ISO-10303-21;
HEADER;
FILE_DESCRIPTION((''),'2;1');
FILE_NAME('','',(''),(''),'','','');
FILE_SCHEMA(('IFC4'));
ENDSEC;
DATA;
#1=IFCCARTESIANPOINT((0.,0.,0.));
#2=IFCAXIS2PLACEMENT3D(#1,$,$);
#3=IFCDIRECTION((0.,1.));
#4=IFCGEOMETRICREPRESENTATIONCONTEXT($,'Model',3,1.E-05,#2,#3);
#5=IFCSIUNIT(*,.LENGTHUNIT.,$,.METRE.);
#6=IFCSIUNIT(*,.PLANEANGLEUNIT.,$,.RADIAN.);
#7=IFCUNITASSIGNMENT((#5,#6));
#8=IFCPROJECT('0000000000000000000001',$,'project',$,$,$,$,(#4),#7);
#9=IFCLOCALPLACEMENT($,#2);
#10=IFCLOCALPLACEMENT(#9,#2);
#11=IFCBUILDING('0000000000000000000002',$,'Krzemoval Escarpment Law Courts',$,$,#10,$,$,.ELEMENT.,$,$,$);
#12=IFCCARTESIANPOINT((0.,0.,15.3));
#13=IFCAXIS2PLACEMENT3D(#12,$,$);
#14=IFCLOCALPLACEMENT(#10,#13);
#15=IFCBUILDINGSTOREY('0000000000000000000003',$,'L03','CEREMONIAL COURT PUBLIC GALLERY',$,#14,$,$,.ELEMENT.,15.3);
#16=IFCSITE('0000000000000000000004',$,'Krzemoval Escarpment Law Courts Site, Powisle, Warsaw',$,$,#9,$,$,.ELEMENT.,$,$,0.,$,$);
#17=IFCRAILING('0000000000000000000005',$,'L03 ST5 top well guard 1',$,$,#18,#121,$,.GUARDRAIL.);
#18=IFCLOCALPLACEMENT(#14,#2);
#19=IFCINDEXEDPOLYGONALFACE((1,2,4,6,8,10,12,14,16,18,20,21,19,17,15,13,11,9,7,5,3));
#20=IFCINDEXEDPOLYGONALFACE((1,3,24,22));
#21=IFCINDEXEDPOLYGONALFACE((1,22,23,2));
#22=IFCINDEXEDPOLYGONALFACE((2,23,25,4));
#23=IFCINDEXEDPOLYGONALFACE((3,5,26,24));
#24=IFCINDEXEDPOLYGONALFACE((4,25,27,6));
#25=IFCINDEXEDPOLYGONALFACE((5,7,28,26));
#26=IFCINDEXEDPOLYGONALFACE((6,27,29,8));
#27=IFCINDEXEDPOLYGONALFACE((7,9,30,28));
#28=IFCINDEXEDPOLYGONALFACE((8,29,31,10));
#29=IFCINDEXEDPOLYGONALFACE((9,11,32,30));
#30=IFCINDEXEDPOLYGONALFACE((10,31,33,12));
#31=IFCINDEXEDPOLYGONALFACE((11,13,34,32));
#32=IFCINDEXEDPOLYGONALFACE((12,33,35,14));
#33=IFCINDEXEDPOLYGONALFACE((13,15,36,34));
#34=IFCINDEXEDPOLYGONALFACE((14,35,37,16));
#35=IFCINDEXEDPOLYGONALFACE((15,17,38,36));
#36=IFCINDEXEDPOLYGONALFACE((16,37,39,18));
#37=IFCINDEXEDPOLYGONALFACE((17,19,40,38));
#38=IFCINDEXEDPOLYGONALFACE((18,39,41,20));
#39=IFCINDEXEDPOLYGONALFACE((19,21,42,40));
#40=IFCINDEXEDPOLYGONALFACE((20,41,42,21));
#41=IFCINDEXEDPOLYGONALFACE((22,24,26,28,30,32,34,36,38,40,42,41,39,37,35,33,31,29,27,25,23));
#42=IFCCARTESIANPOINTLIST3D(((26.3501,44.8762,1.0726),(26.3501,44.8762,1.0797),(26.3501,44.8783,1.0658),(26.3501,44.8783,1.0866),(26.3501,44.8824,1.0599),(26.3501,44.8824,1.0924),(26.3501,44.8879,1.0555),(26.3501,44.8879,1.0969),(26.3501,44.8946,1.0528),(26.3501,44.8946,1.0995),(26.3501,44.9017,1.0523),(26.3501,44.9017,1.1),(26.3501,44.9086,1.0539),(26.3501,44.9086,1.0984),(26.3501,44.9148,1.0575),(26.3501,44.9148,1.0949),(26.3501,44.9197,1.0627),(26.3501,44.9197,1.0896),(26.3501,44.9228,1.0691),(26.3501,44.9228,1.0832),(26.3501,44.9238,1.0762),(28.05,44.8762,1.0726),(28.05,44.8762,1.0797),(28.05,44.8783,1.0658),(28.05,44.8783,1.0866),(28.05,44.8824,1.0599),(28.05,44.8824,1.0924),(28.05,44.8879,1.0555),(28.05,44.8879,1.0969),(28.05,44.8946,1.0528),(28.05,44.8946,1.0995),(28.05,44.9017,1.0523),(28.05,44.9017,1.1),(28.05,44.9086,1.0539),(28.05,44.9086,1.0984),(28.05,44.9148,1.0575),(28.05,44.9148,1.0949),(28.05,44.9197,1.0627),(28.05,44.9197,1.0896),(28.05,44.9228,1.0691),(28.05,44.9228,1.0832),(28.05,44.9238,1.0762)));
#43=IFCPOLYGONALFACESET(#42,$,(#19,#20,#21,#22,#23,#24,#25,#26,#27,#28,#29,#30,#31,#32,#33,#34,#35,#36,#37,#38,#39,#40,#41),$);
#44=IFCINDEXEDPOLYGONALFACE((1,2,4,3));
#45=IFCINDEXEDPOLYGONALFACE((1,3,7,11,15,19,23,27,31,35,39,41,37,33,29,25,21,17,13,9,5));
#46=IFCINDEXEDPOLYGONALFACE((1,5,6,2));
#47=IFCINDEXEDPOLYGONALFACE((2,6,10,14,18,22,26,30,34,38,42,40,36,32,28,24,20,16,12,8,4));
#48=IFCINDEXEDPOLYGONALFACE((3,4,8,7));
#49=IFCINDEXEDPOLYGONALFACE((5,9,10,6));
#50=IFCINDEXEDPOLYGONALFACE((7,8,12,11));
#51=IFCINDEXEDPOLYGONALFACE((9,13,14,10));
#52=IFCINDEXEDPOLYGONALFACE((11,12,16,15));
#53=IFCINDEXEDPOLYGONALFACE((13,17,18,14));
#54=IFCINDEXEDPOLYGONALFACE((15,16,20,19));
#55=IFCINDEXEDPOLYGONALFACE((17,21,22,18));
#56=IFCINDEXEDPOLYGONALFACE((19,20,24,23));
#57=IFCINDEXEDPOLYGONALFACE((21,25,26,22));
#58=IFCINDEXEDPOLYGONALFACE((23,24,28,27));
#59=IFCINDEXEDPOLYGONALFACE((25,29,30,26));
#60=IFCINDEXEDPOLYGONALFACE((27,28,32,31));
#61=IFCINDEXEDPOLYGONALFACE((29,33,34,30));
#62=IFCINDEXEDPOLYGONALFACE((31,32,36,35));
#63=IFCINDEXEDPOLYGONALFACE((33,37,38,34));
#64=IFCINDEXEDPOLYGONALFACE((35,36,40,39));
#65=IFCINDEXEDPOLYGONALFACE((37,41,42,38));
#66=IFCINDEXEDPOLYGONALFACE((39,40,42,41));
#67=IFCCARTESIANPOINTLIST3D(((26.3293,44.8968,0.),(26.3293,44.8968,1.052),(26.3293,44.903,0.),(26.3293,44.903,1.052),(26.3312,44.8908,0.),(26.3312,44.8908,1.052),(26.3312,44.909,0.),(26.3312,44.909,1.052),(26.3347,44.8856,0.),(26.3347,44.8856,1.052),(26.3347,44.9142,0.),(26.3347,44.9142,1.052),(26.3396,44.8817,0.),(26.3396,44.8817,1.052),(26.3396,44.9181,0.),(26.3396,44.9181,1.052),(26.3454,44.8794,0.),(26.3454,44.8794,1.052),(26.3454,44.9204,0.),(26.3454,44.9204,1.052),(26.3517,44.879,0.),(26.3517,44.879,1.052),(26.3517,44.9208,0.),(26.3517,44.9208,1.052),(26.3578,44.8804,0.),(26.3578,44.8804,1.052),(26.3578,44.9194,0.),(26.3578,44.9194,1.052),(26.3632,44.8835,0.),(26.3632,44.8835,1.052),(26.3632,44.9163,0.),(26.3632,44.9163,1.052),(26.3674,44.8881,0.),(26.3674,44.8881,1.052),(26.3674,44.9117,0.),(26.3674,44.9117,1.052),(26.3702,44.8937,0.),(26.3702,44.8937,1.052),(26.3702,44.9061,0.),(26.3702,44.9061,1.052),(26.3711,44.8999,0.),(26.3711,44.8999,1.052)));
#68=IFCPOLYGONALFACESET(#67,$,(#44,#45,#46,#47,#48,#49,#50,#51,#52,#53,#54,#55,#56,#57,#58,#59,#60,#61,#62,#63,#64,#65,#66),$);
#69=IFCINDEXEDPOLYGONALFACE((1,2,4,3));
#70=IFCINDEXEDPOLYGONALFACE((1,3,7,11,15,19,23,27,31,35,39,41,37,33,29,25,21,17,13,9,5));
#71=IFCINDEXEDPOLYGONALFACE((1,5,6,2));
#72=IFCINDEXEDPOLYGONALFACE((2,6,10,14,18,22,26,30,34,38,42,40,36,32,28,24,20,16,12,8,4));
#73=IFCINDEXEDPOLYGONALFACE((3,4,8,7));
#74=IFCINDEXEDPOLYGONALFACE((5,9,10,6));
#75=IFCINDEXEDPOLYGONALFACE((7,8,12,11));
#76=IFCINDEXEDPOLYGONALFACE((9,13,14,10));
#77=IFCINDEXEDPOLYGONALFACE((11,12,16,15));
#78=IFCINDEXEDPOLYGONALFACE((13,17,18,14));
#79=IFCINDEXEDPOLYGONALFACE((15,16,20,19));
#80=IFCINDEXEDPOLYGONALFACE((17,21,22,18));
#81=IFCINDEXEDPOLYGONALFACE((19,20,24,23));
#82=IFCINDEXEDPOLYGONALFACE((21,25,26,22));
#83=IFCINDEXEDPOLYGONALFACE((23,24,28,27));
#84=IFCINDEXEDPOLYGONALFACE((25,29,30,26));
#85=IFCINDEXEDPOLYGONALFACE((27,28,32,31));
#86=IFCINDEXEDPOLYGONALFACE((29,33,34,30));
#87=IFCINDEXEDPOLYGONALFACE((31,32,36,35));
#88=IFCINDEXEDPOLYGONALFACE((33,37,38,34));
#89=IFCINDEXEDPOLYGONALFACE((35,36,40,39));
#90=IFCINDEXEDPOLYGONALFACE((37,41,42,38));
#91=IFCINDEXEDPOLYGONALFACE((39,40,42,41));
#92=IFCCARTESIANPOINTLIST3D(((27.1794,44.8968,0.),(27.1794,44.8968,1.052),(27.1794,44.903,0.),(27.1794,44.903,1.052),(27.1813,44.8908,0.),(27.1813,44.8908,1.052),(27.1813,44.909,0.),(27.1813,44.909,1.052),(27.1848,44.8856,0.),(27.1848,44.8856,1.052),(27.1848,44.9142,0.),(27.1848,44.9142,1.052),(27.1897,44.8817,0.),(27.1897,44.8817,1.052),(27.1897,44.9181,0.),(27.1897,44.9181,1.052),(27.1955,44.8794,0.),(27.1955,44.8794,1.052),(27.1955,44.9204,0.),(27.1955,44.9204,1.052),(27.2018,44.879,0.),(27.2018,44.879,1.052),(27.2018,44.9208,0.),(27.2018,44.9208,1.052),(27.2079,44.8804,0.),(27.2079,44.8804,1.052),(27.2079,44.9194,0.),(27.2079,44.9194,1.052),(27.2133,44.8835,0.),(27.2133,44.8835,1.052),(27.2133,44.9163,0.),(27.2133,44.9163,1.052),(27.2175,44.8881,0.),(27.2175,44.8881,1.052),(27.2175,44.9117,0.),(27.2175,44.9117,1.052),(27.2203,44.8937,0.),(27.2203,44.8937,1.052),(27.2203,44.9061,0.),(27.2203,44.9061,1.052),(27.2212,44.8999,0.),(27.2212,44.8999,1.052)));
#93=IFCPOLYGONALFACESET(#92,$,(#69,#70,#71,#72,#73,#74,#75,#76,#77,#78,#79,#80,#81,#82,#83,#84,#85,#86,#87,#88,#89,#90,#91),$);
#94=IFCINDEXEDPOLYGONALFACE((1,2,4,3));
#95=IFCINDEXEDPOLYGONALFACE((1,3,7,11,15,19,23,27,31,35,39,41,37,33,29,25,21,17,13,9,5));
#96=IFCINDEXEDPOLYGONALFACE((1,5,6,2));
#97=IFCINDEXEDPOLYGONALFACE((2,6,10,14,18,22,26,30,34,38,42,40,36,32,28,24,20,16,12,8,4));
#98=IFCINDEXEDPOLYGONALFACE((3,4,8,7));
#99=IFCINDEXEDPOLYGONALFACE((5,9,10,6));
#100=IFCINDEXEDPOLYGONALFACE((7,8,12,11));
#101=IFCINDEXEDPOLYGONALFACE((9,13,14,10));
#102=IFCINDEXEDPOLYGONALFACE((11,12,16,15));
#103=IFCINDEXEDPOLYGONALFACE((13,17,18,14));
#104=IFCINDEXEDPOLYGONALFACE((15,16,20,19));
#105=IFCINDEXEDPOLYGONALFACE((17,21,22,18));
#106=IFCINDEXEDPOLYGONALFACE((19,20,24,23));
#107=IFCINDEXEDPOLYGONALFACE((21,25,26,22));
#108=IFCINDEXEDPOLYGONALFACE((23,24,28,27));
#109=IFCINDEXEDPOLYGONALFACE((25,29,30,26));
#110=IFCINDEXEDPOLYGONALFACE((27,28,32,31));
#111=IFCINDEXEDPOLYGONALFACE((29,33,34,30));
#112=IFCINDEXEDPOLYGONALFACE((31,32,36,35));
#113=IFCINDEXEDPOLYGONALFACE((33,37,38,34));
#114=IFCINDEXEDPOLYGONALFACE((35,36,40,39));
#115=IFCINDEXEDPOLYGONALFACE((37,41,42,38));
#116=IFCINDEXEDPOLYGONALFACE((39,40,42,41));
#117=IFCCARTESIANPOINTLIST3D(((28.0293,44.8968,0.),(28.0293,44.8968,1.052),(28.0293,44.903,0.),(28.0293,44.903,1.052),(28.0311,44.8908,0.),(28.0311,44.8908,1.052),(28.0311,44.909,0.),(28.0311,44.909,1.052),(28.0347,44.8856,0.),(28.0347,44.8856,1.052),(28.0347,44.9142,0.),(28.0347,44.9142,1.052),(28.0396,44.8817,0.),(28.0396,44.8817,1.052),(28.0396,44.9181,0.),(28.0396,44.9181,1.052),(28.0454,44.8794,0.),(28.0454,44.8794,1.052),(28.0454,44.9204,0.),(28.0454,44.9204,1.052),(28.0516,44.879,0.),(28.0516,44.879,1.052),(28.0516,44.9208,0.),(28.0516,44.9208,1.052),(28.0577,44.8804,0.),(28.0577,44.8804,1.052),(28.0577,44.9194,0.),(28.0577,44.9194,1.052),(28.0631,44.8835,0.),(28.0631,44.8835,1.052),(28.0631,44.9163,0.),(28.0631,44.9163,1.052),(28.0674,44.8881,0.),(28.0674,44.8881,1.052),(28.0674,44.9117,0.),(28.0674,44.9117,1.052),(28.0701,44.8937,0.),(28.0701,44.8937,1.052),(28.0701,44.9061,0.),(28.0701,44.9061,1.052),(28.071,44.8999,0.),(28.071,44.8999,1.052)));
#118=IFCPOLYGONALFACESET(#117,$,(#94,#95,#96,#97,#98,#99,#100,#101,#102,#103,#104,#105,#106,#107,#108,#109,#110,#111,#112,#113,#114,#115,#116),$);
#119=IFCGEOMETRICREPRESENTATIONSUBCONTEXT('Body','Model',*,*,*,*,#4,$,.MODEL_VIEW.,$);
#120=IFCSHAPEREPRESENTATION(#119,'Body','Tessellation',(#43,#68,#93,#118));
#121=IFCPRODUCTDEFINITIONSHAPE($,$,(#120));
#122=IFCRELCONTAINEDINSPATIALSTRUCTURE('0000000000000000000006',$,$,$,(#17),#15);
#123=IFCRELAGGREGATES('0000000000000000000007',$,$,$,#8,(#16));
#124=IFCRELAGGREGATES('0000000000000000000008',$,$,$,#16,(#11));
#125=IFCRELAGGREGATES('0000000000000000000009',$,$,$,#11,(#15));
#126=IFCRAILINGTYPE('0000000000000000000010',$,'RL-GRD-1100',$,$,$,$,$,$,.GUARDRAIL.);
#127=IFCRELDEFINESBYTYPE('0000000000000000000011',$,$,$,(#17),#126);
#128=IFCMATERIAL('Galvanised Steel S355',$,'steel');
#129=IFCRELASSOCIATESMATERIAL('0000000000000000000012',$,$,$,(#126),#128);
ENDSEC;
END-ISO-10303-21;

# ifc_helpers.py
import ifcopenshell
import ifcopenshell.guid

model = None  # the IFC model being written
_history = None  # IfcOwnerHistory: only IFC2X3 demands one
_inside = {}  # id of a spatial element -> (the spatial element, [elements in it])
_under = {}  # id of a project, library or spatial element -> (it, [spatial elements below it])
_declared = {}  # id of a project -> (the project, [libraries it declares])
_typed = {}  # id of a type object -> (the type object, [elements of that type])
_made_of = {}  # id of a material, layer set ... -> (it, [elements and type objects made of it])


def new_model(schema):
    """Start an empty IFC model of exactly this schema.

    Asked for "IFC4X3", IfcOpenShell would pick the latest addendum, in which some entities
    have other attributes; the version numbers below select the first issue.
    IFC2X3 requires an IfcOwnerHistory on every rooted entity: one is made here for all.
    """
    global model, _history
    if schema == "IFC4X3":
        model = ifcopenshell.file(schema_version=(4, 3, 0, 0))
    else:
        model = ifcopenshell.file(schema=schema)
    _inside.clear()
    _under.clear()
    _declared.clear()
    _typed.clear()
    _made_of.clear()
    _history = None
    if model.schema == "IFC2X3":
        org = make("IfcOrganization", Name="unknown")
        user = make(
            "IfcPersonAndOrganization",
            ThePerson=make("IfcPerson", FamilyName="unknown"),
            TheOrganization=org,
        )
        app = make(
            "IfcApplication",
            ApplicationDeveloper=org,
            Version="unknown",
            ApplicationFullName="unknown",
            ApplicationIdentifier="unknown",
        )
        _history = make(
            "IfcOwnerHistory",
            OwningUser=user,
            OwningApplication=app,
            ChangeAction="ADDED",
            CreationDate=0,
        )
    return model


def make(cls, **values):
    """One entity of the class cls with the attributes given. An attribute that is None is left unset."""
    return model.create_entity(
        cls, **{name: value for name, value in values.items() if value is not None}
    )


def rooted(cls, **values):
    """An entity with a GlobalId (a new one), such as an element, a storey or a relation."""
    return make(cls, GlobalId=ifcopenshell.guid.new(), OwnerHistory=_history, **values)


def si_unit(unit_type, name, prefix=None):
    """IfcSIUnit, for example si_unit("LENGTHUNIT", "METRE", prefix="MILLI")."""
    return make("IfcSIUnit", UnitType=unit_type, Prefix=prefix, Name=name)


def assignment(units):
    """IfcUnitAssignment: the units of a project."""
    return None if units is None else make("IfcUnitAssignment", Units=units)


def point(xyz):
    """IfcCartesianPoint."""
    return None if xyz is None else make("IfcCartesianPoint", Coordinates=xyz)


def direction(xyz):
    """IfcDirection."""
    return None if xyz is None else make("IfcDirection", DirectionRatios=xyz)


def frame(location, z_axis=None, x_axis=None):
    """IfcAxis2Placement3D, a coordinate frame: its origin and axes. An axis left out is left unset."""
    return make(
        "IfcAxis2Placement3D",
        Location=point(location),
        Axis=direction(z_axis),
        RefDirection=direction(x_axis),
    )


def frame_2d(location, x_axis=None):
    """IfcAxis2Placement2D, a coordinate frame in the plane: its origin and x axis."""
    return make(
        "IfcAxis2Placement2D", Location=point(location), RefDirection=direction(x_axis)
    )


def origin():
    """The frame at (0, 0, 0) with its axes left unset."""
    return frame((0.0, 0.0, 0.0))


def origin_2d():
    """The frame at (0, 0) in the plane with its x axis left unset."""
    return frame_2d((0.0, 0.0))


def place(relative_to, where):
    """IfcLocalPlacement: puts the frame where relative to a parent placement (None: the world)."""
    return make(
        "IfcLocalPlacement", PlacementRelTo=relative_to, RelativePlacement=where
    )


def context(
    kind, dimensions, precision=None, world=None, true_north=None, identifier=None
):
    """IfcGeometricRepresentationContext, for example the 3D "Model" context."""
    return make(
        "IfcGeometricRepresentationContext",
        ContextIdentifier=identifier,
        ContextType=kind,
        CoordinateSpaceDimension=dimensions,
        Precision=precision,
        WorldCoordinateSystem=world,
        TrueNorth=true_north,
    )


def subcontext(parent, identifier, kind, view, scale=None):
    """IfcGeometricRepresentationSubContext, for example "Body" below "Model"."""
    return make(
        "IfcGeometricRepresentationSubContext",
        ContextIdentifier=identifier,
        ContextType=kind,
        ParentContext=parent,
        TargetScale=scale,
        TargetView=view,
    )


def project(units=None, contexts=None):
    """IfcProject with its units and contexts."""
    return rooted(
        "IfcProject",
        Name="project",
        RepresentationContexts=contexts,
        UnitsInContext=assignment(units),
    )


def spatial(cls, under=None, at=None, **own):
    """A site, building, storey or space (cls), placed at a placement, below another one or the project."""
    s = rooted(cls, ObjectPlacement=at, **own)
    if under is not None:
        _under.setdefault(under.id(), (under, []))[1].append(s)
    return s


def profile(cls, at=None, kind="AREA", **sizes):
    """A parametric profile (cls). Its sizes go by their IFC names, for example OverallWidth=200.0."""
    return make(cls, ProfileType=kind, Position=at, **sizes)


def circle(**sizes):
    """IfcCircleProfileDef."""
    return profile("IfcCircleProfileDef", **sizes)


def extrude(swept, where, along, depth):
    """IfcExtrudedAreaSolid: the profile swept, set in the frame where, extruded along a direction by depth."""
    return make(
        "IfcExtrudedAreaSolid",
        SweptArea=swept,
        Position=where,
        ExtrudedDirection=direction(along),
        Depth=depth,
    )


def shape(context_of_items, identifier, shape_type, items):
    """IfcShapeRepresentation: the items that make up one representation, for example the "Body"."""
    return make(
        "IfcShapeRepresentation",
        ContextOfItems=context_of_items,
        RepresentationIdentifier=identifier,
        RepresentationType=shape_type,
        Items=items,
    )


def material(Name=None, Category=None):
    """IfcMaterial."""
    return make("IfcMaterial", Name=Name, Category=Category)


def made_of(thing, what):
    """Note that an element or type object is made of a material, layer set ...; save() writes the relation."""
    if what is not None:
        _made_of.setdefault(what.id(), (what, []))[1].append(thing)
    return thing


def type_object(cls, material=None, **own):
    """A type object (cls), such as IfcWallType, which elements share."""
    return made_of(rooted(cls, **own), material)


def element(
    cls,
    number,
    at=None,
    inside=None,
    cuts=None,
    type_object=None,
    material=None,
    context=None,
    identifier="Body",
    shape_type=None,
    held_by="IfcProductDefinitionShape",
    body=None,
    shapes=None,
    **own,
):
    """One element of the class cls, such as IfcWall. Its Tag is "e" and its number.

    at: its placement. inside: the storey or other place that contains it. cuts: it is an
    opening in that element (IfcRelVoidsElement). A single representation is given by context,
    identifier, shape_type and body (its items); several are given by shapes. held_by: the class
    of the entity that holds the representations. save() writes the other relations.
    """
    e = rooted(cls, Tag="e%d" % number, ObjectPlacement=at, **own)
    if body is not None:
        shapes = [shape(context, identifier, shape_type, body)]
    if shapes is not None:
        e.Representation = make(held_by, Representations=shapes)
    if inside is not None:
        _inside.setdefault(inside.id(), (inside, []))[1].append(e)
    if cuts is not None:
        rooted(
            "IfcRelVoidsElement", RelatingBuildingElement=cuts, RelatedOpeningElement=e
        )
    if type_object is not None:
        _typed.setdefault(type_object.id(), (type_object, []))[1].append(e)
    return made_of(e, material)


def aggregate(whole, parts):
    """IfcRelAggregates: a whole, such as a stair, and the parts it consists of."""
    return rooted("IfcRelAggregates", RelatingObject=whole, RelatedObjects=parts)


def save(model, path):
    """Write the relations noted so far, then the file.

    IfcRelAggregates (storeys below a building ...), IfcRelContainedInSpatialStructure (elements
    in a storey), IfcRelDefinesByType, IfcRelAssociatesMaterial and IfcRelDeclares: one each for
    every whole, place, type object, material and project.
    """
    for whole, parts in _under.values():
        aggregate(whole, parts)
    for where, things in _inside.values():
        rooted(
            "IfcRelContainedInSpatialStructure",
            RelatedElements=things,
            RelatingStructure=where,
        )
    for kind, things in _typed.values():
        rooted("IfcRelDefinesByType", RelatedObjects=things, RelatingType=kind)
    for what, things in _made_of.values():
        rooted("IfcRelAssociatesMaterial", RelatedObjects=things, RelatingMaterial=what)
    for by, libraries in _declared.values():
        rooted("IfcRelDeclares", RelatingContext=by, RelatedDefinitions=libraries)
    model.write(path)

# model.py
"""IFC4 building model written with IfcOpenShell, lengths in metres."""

from ifc_helpers import new_model, si_unit, direction, frame, origin, origin_2d, place, context, subcontext, project, spatial, circle, extrude, material, type_object, element, save


model = new_model("IFC4")

# Units and contexts
model_context = context("Model", 3, precision=1e-05, world=origin(), true_north=direction((0.0, 1.0)))
body_context = subcontext(model_context, "Body", "Model", "MODEL_VIEW")
ifc_project = project(units=[si_unit("LENGTHUNIT", "METRE"), si_unit("PLANEANGLEUNIT", "RADIAN")], contexts=[model_context])

# Site, building, storey
site_placement = place(None, origin())
site = spatial("IfcSite", under=ifc_project, at=site_placement, Name="Krzemoval Escarpment Law Courts Site, Powisle, Warsaw", CompositionType="ELEMENT", RefElevation=0.0)
building_placement = place(site_placement, origin())
building = spatial("IfcBuilding", under=site, at=building_placement, Name="Krzemoval Escarpment Law Courts", CompositionType="ELEMENT")
storey_placement = place(building_placement, frame((0.0, 0.0, 15.3)))
storey = spatial("IfcBuildingStorey", under=building, at=storey_placement, Name="L03", Description="CEREMONIAL COURT PUBLIC GALLERY", CompositionType="ELEMENT", Elevation=15.3)

# Railing
ifc_material_1 = material(Name="Galvanised Steel S355", Category="steel")
railing_type = type_object("IfcRailingType", Name="RL-GRD-1100", PredefinedType="GUARDRAIL", material=ifc_material_1)
railing_placement = place(storey_placement, frame((26.3501, 44.8999, 0.0)))
element("IfcRailing", 1, at=railing_placement, inside=storey, type_object=railing_type, Name="L03 ST5 top well guard 1", PredefinedType="GUARDRAIL", context=body_context, shape_type="SweptSolid", body=[
    extrude(circle(Radius=0.0239, at=origin_2d()), frame((0.0, 0.0, 1.0762), z_axis=(1.0, 0.0, 0.0), x_axis=(0.0, 1.0, 0.0)), (0.0, 0.0, 1.0), 1.7),
    extrude(circle(Radius=0.021, at=origin_2d()), origin(), (0.0, 0.0, 1.0), 1.052),
    extrude(circle(Radius=0.021, at=origin_2d()), frame((0.8501, 0.0, 0.0)), (0.0, 0.0, 1.0), 1.052),
    extrude(circle(Radius=0.021, at=origin_2d()), frame((1.7, 0.0, 0.0)), (0.0, 0.0, 1.0), 1.052),
])

save(model, "model.ifc")
